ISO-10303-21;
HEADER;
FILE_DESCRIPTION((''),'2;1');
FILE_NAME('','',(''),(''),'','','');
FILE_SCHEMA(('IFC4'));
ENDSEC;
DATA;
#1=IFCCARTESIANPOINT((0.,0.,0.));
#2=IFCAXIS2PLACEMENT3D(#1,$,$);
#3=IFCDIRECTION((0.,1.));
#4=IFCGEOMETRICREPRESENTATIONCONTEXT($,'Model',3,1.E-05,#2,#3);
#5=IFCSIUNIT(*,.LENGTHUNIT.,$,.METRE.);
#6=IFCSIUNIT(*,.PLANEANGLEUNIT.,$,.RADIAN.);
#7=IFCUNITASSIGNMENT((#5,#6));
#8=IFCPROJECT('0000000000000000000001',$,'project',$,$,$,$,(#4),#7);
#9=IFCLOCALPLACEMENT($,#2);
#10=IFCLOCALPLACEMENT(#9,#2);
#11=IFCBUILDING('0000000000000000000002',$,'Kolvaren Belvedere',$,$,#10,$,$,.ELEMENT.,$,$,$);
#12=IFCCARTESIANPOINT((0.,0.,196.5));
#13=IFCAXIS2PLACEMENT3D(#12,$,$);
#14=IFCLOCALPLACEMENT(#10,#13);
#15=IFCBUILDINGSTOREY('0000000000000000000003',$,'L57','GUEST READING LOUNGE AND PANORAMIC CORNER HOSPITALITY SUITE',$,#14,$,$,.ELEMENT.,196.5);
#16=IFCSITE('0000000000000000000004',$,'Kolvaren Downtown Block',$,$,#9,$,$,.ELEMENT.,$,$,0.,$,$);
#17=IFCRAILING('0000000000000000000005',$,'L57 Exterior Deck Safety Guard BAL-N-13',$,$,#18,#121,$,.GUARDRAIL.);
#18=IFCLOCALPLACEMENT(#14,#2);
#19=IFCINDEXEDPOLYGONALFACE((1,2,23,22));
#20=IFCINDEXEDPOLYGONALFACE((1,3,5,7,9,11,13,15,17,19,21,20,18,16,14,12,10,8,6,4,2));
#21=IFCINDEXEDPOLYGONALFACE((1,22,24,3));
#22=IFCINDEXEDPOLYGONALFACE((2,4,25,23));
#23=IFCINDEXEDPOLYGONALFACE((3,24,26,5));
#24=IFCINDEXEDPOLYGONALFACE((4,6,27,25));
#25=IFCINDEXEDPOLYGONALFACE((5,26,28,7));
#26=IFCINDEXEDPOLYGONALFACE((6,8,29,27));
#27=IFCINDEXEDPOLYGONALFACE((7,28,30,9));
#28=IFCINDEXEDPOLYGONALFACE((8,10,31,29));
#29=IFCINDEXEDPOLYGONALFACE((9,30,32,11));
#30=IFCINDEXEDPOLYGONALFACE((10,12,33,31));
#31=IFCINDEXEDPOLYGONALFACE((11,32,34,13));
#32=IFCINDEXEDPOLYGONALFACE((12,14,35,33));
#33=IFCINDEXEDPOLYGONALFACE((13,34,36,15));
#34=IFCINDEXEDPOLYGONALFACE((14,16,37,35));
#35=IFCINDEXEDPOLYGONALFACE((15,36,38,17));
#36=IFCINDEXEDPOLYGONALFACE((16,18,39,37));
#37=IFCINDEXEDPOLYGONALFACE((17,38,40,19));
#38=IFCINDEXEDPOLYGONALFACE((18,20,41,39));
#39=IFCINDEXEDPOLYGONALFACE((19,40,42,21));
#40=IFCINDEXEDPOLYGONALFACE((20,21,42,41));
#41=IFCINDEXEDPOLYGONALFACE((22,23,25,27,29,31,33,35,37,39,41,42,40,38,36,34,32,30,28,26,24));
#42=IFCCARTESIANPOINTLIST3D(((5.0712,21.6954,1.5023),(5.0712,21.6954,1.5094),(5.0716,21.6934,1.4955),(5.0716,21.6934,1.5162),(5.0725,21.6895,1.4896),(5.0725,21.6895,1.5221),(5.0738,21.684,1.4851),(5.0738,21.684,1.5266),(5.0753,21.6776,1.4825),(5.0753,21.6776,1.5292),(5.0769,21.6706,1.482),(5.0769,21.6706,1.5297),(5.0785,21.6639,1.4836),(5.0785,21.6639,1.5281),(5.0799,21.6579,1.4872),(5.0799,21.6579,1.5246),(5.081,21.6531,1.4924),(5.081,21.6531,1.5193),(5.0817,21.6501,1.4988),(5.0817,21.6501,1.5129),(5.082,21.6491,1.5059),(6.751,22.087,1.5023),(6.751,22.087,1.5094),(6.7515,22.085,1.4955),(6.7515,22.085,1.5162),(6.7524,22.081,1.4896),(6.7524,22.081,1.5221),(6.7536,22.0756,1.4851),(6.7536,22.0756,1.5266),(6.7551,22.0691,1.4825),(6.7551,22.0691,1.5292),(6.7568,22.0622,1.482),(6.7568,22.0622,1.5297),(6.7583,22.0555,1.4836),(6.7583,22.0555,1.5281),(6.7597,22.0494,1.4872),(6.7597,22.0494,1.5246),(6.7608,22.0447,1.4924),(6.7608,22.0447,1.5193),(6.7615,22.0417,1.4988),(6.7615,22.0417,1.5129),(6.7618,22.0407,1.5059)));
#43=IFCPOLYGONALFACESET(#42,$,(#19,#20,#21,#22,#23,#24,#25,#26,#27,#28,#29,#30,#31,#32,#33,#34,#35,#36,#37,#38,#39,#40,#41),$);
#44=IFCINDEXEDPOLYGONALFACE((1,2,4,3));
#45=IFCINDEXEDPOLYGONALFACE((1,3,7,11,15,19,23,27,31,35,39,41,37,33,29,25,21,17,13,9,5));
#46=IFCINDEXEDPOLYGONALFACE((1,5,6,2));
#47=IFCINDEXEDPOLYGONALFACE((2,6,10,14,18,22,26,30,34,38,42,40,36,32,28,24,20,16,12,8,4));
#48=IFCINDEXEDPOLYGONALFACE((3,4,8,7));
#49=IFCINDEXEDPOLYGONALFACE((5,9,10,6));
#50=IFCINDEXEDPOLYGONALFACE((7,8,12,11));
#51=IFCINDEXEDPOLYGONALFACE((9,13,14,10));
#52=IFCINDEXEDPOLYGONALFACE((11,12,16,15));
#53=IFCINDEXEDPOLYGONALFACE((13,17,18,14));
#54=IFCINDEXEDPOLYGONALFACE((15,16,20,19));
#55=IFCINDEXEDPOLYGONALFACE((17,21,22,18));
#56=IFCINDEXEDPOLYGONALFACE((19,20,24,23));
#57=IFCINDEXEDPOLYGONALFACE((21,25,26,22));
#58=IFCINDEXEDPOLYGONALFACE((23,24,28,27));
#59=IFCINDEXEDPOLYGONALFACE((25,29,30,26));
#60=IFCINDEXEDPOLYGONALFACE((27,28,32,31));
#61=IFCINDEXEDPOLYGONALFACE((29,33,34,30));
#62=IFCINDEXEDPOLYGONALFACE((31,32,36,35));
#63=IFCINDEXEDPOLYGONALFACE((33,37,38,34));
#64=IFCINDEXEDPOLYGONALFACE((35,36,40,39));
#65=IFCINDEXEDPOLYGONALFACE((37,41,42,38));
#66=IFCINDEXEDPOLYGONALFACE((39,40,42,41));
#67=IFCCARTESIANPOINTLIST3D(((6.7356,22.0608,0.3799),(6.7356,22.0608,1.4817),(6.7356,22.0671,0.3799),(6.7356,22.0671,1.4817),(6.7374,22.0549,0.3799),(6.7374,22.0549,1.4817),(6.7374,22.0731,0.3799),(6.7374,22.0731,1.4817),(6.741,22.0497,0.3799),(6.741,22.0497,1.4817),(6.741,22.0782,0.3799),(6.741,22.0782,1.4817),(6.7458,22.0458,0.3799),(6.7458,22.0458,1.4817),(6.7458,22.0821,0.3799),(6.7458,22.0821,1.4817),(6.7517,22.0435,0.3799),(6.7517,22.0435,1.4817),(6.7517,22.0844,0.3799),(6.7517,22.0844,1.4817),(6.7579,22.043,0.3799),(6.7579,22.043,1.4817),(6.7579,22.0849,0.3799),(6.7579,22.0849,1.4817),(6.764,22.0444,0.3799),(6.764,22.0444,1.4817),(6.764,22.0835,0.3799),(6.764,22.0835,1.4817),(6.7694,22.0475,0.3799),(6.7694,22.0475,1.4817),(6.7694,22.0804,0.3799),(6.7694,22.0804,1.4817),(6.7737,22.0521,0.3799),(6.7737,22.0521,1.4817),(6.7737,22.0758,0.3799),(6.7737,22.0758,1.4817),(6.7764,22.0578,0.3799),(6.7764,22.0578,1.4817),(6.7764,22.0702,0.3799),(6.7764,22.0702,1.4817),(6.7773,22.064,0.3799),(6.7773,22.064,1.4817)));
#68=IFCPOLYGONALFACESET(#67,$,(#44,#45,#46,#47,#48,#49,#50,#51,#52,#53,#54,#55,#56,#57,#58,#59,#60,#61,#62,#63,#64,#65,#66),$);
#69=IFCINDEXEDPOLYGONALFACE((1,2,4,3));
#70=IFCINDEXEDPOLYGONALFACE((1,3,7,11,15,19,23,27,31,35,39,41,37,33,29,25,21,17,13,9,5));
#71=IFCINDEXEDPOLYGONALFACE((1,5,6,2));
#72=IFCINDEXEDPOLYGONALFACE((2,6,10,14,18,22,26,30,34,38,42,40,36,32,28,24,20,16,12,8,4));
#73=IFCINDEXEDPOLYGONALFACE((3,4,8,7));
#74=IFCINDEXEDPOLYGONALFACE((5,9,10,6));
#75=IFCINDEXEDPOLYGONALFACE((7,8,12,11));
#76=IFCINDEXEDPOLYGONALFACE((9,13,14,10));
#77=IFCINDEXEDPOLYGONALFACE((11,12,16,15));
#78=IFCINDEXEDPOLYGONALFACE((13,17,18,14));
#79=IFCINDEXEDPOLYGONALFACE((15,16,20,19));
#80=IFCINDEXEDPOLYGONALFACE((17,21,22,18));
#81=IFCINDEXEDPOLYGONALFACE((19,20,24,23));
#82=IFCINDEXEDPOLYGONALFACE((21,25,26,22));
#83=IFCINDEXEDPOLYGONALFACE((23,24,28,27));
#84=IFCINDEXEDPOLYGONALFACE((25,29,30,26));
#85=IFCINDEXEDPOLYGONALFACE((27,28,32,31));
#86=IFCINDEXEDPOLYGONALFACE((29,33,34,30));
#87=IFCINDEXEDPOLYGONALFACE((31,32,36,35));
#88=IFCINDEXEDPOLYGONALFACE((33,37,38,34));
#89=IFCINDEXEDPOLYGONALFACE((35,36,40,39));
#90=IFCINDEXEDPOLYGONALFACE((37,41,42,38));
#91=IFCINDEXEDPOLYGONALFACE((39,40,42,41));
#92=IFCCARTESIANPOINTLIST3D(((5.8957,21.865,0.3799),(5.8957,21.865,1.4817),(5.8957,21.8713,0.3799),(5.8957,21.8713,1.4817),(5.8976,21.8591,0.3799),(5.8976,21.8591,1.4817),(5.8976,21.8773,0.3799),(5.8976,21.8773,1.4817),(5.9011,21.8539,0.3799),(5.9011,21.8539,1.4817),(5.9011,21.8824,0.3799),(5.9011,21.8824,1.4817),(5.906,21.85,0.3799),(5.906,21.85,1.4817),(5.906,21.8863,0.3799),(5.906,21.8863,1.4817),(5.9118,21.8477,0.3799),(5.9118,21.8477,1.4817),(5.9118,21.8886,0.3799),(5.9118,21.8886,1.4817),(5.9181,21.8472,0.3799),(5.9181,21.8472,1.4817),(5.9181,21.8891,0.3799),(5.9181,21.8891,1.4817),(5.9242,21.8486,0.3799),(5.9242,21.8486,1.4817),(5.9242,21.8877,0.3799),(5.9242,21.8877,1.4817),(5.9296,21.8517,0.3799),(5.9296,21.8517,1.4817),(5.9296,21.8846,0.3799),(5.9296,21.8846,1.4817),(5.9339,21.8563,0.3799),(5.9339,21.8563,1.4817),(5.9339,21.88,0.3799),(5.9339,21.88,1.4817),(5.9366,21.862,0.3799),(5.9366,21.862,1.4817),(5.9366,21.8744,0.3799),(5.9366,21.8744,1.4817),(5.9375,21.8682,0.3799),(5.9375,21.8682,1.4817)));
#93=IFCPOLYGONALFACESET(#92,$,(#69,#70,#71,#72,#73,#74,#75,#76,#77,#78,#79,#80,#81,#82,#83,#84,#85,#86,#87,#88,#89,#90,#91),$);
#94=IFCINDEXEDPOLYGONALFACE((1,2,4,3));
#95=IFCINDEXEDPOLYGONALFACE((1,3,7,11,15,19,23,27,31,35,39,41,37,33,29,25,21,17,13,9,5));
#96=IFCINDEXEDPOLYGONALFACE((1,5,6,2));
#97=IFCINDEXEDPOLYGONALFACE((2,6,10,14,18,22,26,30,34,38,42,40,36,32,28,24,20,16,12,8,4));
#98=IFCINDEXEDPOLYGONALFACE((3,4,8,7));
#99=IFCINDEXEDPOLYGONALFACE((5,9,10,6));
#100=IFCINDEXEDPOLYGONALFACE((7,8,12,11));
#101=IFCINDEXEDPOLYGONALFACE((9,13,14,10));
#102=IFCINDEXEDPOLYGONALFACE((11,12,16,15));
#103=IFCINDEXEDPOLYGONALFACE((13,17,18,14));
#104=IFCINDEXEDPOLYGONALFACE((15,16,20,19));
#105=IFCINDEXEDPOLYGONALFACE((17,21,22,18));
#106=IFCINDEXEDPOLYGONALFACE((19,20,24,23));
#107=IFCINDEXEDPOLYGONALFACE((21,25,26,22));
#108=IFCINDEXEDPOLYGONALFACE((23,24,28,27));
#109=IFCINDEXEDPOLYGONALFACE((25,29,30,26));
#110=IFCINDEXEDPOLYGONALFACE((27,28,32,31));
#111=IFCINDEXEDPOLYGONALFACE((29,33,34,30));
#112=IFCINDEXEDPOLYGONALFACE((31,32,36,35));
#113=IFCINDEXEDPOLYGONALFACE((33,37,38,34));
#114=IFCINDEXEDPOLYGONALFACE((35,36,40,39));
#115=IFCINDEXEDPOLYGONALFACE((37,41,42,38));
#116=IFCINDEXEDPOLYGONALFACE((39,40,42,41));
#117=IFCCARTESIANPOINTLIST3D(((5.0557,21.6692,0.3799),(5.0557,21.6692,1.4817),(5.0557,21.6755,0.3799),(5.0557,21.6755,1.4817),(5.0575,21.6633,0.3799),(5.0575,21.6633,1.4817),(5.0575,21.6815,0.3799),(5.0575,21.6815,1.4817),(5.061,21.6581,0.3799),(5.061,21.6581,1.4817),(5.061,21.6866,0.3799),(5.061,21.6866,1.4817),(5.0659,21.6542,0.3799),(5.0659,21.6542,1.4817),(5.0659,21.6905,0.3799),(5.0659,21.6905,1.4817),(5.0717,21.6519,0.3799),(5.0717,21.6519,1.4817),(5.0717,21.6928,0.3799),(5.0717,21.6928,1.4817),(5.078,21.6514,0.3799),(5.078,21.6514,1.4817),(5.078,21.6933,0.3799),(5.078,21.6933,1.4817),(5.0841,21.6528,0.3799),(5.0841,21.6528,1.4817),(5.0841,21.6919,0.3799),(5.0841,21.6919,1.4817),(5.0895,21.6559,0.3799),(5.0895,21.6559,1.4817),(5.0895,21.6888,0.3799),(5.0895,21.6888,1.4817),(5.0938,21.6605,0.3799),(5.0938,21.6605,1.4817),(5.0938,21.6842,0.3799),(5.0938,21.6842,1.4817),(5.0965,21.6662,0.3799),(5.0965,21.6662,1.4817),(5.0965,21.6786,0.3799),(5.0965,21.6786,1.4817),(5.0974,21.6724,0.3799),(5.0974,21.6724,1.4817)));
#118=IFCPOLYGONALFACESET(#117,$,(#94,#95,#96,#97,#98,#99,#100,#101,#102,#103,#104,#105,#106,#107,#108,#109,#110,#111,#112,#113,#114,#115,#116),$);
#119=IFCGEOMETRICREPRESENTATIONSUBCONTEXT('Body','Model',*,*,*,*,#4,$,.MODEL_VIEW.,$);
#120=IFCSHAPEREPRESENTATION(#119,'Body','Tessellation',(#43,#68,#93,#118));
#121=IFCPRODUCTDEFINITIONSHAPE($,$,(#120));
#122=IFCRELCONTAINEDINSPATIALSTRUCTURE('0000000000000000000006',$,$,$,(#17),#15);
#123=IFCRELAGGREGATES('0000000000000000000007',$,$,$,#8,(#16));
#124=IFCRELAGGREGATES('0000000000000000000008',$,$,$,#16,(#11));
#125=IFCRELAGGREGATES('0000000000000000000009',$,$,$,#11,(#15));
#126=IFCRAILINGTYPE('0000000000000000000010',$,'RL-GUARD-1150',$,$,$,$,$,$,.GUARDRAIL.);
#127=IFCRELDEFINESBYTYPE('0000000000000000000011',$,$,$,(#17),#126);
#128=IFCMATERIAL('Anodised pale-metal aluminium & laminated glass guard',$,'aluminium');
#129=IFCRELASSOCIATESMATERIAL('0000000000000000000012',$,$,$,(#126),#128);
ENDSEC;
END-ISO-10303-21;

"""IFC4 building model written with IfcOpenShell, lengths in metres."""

from ifc_helpers import new_model, si_unit, direction, frame, origin, origin_2d, place, context, subcontext, project, spatial, circle, extrude, material, type_object, element, save


model = new_model("IFC4")

# Units and contexts
model_context = context("Model", 3, precision=1e-05, world=origin(), true_north=direction((0.0, 1.0)))
body_context = subcontext(model_context, "Body", "Model", "MODEL_VIEW")
ifc_project = project(units=[si_unit("LENGTHUNIT", "METRE"), si_unit("PLANEANGLEUNIT", "RADIAN")], contexts=[model_context])

# Site, building, storey
site_placement = place(None, origin())
site = spatial("IfcSite", under=ifc_project, at=site_placement, Name="Kolvaren Downtown Block", CompositionType="ELEMENT", RefElevation=0.0)
building_placement = place(site_placement, origin())
building = spatial("IfcBuilding", under=site, at=building_placement, Name="Kolvaren Belvedere", CompositionType="ELEMENT")
storey_placement = place(building_placement, frame((0.0, 0.0, 196.5)))
storey = spatial("IfcBuildingStorey", under=building, at=storey_placement, Name="L57", Description="GUEST READING LOUNGE AND PANORAMIC CORNER HOSPITALITY SUITE", CompositionType="ELEMENT", Elevation=196.5)

# Railing
ifc_material_1 = material(Name="Anodised pale-metal aluminium & laminated glass guard", Category="aluminium")
railing_type = type_object("IfcRailingType", Name="RL-GUARD-1150", PredefinedType="GUARDRAIL", material=ifc_material_1)
railing_1_placement = place(storey_placement, frame((6.7563, 22.064, 0.3799)))
element("IfcRailing", 1, at=railing_1_placement, inside=storey, type_object=railing_type, Name="L57 Exterior Deck Safety Guard BAL-N-13", PredefinedType="GUARDRAIL", context=body_context, shape_type="SweptSolid", body=[
    extrude(circle(Radius=0.0239, at=origin_2d()), frame((0.0, 0.0, 1.126), z_axis=(-0.97389, -0.227019, 0.0), x_axis=(0.227019, -0.97389, 0.0)), (0.0, 0.0, 1.0), 1.7249),
    extrude(circle(Radius=0.021, at=origin_2d()), origin(), (0.0, 0.0, 1.0), 1.1018),
    extrude(circle(Radius=0.021, at=origin_2d()), frame((-0.8398, -0.1958, 0.0)), (0.0, 0.0, 1.0), 1.1018),
    extrude(circle(Radius=0.021, at=origin_2d()), frame((-1.6799, -0.3916, 0.0)), (0.0, 0.0, 1.0), 1.1018),
])

save(model, "model.ifc")
